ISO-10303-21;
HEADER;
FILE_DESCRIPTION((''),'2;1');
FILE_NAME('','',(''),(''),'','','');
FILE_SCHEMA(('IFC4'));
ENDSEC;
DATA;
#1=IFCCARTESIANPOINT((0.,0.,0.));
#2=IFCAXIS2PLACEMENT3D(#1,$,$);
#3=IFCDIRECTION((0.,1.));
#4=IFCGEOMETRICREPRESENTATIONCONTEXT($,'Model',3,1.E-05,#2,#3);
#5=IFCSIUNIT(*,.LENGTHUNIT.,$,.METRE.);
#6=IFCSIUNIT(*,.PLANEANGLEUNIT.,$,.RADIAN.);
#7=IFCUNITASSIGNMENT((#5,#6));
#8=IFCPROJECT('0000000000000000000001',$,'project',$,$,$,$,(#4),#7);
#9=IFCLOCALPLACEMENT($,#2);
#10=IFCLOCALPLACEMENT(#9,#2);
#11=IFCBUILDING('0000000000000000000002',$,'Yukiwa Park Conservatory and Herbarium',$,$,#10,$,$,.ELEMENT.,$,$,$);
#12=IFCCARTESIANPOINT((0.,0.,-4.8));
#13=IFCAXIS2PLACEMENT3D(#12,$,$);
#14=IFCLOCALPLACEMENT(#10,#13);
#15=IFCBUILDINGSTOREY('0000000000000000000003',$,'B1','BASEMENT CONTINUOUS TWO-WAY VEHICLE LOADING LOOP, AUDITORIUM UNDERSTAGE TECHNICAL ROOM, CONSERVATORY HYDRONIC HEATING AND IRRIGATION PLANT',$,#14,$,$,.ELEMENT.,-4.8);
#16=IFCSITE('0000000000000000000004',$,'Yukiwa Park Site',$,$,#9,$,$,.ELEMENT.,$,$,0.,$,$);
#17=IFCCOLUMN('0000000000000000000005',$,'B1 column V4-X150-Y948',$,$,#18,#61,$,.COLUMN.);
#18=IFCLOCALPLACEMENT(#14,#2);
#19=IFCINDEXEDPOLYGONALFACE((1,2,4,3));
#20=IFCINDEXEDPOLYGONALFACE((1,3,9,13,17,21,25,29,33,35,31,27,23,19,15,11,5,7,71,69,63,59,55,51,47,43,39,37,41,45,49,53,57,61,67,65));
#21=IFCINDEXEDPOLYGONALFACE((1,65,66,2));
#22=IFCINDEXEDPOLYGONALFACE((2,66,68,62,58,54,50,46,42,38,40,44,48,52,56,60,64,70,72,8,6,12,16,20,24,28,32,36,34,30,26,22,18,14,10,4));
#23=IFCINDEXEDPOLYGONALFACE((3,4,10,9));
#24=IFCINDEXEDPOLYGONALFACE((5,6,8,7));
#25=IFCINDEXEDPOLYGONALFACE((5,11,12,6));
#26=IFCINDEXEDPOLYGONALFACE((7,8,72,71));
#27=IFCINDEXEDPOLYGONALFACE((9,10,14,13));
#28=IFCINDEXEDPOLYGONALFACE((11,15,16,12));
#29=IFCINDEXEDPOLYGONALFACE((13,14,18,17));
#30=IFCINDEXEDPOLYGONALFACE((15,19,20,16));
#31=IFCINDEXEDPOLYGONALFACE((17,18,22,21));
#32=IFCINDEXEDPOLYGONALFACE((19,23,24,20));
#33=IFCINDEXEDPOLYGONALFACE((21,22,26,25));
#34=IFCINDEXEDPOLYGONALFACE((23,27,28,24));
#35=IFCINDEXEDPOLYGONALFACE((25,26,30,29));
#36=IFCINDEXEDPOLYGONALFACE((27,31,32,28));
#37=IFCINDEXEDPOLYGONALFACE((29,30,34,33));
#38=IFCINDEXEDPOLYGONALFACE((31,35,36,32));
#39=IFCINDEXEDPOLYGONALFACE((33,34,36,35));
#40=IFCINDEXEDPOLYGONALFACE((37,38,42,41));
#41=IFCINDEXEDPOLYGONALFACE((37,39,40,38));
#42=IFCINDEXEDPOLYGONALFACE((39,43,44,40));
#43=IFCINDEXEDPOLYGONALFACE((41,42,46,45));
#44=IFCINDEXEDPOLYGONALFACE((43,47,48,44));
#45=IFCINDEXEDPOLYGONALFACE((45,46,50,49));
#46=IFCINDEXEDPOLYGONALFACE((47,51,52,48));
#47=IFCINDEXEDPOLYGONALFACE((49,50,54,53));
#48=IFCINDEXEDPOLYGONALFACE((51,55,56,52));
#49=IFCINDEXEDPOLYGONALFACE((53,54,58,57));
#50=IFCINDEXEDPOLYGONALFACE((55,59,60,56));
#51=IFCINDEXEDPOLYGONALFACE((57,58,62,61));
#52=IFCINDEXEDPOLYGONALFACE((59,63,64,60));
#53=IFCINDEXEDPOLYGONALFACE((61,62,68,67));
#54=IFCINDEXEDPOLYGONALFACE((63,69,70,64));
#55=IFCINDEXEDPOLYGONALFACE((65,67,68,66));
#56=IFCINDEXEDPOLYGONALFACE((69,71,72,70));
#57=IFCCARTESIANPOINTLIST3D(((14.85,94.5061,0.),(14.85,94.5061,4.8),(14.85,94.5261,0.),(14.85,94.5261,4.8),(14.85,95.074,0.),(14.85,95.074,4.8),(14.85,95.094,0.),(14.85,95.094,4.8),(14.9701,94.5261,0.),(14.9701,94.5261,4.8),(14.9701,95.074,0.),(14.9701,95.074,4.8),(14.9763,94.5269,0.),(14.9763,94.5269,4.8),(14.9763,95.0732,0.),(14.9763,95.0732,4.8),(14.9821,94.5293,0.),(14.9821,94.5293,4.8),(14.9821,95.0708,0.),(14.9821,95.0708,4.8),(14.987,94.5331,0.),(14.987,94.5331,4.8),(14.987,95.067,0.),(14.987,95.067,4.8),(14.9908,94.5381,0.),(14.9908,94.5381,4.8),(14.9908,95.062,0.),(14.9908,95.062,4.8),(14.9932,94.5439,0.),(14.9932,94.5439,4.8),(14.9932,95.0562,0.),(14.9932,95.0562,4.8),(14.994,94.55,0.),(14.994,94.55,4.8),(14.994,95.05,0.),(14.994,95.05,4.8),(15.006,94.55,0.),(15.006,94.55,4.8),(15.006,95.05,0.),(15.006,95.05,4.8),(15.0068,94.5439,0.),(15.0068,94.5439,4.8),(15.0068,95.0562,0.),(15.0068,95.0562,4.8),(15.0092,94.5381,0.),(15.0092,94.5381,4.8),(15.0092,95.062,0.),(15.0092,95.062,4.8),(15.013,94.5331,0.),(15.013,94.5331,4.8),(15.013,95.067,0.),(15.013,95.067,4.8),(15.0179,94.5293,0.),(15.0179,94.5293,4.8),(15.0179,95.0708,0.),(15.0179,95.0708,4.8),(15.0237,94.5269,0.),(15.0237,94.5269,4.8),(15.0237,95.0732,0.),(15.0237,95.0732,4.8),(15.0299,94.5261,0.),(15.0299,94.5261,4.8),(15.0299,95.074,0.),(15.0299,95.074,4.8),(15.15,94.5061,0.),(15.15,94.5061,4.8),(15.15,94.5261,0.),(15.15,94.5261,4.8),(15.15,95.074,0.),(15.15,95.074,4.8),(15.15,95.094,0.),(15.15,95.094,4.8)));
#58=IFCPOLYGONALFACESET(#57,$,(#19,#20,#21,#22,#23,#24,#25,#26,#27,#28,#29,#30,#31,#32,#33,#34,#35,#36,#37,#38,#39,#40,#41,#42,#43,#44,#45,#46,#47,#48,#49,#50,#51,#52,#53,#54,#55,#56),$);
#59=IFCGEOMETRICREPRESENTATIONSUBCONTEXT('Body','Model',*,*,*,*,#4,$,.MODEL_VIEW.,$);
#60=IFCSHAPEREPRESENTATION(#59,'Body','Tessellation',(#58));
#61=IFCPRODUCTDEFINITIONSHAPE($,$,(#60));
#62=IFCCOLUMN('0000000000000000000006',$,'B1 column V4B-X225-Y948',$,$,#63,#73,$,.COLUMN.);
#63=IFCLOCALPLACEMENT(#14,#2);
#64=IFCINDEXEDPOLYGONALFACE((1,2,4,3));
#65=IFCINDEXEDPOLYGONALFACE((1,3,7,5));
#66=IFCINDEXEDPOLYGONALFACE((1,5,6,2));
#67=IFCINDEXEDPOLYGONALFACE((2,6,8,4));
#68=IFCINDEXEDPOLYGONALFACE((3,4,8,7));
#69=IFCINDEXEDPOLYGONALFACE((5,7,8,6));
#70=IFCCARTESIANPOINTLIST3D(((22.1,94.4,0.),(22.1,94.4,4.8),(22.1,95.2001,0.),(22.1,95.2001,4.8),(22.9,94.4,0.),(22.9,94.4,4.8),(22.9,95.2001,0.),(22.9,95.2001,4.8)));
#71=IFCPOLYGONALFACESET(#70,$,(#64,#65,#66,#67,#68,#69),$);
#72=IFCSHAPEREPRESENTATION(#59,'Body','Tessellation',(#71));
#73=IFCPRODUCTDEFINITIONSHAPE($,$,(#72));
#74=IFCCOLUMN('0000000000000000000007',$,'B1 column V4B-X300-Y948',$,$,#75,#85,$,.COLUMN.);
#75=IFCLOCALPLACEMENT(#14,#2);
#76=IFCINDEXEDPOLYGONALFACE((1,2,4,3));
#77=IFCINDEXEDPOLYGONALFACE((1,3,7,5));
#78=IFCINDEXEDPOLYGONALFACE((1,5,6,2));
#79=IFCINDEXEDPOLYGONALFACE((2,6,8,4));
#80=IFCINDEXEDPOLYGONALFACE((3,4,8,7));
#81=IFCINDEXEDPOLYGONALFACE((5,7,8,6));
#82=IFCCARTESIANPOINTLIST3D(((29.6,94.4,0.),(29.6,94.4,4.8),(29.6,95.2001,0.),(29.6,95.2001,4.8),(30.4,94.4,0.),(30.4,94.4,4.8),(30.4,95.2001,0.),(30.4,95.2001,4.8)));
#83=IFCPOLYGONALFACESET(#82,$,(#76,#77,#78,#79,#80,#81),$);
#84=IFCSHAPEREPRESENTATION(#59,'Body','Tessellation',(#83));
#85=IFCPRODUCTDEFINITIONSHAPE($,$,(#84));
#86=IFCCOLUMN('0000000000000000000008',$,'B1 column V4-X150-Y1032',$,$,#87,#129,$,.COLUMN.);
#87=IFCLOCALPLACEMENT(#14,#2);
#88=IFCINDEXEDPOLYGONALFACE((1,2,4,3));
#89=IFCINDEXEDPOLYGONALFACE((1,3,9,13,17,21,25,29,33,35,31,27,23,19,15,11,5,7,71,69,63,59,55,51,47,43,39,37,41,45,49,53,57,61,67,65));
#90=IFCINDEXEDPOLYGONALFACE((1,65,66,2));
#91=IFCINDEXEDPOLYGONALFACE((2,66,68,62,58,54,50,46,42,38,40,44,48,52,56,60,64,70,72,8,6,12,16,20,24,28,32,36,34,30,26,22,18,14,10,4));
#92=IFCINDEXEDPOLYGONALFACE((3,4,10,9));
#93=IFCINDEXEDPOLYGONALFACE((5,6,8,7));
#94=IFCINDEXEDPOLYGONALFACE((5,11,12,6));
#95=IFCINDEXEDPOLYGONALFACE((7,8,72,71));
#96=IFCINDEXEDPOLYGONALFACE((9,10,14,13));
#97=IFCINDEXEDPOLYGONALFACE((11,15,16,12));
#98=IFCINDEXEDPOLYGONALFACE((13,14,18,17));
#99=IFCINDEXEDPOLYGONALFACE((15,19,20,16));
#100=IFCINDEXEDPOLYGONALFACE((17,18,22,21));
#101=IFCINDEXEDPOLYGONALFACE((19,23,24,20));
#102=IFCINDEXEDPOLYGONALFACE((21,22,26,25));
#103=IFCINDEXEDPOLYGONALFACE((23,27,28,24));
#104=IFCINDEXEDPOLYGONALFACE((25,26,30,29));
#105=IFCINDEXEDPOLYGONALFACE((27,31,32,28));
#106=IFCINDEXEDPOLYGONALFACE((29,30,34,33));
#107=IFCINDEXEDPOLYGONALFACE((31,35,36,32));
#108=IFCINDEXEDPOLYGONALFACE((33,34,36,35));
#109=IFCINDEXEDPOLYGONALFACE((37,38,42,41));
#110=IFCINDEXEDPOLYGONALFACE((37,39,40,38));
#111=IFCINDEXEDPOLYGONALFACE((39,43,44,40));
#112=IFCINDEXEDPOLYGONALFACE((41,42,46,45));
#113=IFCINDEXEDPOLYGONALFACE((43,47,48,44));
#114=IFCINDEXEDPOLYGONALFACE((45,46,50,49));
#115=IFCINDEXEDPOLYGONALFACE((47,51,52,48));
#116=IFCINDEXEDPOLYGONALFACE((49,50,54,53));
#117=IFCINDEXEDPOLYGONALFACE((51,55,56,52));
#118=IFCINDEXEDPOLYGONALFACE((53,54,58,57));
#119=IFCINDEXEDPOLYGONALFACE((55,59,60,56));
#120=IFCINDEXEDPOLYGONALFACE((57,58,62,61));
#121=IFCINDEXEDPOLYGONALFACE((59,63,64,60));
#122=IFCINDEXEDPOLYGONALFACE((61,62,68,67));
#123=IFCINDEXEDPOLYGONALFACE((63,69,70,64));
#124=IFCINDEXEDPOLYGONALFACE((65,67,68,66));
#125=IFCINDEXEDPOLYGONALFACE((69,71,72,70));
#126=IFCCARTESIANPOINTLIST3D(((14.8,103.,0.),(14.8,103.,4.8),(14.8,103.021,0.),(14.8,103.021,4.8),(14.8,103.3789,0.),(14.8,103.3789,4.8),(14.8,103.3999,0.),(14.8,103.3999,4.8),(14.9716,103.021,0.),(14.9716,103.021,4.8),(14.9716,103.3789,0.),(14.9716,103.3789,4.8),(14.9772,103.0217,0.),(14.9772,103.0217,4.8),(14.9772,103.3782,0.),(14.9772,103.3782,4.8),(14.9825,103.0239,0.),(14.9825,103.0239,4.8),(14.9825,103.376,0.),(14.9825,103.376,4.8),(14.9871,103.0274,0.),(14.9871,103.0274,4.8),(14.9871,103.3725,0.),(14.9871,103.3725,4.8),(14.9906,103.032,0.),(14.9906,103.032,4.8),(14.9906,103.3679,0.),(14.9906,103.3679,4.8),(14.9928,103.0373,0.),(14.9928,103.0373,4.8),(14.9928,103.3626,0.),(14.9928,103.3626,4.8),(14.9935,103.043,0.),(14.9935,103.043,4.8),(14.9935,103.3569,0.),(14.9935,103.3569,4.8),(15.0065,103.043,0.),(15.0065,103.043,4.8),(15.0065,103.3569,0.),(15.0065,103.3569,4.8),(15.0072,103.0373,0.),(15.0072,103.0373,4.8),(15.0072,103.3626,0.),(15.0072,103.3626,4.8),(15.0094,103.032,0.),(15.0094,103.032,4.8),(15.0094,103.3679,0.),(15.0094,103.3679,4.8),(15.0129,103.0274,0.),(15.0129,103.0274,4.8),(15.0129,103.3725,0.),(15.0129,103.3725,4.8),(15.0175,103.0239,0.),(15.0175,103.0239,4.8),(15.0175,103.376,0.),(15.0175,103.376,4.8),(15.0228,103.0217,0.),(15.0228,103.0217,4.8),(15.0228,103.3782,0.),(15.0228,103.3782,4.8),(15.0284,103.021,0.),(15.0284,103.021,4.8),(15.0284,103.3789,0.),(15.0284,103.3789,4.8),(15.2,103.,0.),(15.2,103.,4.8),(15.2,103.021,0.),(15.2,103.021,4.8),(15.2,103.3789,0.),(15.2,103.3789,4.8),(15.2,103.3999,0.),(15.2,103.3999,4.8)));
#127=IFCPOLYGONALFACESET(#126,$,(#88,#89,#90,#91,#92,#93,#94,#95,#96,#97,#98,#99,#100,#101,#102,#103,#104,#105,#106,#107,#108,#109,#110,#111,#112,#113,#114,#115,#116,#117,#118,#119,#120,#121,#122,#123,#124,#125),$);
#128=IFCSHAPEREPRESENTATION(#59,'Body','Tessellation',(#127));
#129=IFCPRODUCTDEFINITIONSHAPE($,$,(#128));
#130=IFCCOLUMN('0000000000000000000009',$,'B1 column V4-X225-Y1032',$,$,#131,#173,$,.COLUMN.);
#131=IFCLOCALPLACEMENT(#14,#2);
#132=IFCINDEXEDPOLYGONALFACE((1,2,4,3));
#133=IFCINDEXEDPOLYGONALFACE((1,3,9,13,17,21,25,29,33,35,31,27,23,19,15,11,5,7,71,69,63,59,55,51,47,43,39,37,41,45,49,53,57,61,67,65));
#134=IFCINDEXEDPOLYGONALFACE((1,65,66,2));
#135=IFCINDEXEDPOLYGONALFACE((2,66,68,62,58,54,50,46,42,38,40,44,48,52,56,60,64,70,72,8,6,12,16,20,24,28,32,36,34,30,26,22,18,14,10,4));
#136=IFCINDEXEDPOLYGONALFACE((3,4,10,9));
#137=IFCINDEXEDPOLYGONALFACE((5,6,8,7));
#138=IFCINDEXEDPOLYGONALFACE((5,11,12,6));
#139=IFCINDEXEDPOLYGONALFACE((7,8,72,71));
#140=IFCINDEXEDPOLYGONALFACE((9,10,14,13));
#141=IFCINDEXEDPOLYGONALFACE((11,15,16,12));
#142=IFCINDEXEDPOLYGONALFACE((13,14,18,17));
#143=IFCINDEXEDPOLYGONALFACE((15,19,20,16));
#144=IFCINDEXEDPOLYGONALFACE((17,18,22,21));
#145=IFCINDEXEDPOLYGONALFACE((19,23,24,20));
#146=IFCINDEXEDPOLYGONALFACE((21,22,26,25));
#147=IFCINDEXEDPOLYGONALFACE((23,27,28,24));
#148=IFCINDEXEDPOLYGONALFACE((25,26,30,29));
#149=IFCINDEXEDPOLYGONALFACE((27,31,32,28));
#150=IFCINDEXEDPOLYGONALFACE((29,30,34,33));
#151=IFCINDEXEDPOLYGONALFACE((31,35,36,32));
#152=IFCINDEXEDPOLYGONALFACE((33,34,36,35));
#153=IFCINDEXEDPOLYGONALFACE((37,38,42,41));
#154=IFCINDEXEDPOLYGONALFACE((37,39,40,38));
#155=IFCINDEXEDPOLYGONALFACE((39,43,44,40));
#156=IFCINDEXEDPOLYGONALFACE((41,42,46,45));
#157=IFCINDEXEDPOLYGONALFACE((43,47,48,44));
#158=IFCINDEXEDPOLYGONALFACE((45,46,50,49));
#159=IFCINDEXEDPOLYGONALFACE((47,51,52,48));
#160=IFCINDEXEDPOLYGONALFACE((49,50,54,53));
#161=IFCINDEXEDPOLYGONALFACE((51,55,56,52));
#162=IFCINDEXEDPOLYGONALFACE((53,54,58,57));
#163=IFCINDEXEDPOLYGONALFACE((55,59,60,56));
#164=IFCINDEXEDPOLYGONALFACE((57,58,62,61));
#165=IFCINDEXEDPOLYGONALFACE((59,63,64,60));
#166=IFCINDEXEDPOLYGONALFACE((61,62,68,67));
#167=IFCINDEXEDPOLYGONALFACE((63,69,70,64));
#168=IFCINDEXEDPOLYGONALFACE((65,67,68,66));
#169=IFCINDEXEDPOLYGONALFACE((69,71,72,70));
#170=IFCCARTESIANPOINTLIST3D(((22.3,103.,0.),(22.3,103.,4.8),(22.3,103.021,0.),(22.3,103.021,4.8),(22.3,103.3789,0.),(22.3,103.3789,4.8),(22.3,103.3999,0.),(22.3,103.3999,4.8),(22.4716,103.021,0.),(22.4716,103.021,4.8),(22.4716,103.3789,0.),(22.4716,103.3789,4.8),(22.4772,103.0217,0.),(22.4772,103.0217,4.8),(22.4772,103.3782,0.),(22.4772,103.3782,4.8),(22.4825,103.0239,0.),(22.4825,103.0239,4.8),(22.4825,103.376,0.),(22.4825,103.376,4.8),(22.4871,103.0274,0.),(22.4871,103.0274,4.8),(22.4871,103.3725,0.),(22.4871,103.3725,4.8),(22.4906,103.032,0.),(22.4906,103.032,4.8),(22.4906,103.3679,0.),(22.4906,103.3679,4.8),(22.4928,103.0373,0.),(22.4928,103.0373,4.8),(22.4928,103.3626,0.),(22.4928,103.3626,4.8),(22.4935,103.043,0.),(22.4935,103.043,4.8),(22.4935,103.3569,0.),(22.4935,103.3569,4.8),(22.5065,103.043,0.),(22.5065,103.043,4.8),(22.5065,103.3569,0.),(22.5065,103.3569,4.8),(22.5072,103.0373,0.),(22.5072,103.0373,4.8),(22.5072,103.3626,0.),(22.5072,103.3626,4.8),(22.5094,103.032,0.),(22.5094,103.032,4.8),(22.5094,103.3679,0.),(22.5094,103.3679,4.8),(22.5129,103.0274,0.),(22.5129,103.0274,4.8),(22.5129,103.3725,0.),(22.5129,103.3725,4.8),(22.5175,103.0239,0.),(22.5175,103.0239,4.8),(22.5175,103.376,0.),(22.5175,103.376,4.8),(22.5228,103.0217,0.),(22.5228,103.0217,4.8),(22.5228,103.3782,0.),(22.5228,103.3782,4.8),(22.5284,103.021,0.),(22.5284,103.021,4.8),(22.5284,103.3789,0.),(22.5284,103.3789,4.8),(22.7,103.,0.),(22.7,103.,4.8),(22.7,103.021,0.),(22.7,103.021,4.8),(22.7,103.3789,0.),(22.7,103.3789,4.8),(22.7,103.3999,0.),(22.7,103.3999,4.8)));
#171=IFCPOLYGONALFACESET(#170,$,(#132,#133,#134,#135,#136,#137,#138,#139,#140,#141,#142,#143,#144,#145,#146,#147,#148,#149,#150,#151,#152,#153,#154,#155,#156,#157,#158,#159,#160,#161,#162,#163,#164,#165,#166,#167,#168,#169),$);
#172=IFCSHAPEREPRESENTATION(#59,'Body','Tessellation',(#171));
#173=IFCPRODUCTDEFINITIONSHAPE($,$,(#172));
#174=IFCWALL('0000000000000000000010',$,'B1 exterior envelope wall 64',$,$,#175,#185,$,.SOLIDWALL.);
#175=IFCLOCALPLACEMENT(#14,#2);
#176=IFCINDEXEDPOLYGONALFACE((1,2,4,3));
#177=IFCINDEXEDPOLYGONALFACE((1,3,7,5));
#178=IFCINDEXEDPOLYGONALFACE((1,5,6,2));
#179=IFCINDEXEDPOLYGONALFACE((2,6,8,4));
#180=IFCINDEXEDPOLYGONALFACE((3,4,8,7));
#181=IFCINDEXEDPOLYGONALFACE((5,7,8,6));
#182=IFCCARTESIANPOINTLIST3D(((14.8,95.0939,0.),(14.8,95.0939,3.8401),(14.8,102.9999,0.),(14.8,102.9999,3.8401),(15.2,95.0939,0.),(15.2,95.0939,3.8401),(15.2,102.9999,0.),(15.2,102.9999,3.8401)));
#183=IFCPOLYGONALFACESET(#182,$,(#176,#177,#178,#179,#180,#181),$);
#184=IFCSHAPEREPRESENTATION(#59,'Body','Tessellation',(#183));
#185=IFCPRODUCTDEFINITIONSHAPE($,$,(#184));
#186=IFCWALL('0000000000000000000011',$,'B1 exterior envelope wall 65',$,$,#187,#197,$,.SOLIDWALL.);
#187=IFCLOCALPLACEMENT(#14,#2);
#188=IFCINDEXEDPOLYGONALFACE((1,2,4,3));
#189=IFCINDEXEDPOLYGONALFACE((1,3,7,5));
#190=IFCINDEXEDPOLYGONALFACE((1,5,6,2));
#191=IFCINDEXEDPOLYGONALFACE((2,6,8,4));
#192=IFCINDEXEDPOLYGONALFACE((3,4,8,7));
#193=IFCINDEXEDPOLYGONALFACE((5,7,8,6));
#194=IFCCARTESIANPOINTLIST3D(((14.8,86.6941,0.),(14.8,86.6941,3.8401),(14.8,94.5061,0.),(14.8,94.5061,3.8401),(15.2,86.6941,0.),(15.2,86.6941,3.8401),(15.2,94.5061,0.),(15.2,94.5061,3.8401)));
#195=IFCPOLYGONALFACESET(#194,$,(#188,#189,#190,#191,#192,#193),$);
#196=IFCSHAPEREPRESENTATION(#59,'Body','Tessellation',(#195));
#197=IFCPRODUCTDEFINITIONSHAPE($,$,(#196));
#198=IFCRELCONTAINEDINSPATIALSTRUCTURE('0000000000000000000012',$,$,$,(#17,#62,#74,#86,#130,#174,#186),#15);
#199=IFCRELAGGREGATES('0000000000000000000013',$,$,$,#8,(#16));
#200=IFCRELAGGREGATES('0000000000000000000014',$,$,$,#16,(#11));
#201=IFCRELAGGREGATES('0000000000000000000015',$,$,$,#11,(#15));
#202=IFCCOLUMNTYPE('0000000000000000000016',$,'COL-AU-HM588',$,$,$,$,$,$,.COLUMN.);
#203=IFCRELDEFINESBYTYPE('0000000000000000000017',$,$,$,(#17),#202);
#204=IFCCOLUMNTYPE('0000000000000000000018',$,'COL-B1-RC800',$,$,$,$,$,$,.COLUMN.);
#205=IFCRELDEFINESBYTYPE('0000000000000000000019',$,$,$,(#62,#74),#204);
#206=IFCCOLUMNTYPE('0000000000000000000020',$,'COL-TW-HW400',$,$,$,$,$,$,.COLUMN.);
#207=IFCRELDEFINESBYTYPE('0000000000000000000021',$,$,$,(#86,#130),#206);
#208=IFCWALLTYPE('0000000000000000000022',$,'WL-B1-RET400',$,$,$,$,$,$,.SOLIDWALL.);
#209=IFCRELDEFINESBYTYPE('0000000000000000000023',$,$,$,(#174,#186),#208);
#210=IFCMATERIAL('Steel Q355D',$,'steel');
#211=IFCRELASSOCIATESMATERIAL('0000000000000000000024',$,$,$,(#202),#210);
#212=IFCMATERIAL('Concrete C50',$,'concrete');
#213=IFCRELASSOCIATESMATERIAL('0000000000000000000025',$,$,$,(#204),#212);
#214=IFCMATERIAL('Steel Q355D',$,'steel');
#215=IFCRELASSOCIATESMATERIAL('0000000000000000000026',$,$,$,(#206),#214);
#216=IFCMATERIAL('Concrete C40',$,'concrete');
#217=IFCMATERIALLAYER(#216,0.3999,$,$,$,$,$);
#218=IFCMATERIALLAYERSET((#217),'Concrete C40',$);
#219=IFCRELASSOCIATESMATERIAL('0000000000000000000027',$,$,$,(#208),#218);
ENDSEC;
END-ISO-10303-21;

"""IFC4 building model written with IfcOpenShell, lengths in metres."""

from ifc_helpers import new_model, si_unit, direction, frame, frame_2d, origin, origin_2d, place, context, subcontext, project, spatial, rectangle, i_section, extrude, material, layer, layer_set, material_profile, profile_set, type_object, element, save


model = new_model("IFC4")

# Units and contexts
model_context = context("Model", 3, precision=1e-05, world=origin(), true_north=direction((0.0, 1.0)))
body_context = subcontext(model_context, "Body", "Model", "MODEL_VIEW")
ifc_project = project(units=[si_unit("LENGTHUNIT", "METRE"), si_unit("PLANEANGLEUNIT", "RADIAN")], contexts=[model_context])

# Site, building, storey
site_placement = place(None, origin())
site = spatial("IfcSite", under=ifc_project, at=site_placement, Name="Yukiwa Park Site", CompositionType="ELEMENT", RefElevation=0.0)
building_placement = place(site_placement, origin())
building = spatial("IfcBuilding", under=site, at=building_placement, Name="Yukiwa Park Conservatory and Herbarium", CompositionType="ELEMENT")
storey_placement = place(building_placement, frame((0.0, 0.0, -4.8)))
storey = spatial("IfcBuildingStorey", under=building, at=storey_placement, Name="B1", Description="BASEMENT CONTINUOUS TWO-WAY VEHICLE LOADING LOOP, AUDITORIUM UNDERSTAGE TECHNICAL ROOM, CONSERVATORY HYDRONIC HEATING AND IRRIGATION PLANT", CompositionType="ELEMENT", Elevation=-4.8)

# Columns
ifc_material_1 = material(Name="Steel Q355D", Category="steel")
ifc_material_profile_1 = material_profile(ifc_material_1, i_section(OverallWidth=0.3, OverallDepth=0.5879, WebThickness=0.012, FlangeThickness=0.02, FilletRadius=0.0239, at=origin_2d()), Name="HM 588x300x12x20")
ifc_profile_set_1 = profile_set([ifc_material_profile_1], Name="Steel Q355D")
column_type_1 = type_object("IfcColumnType", Name="COL-AU-HM588", PredefinedType="COLUMN", material=ifc_profile_set_1)
column_placement = place(storey_placement, frame((15.0, 94.8, 0.0), z_axis=(0.0, 0.0, 1.0), x_axis=(1.0, 0.0, 0.0)))
element("IfcColumn", 1, at=column_placement, inside=storey, type_object=column_type_1, Name="B1 column V4-X150-Y948", PredefinedType="COLUMN", context=body_context, shape_type="SweptSolid", body=[
    extrude(i_section(OverallWidth=0.3, OverallDepth=0.5879, WebThickness=0.012, FlangeThickness=0.02, FilletRadius=0.0239, at=origin_2d()), origin(), (0.0, 0.0, 1.0), 4.8),
])
ifc_material_2 = material(Name="Concrete C50", Category="concrete")
ifc_material_profile_2 = material_profile(ifc_material_2, rectangle(XDim=0.8, YDim=0.8, at=origin_2d()), Name="RC 800x800")
ifc_profile_set_2 = profile_set([ifc_material_profile_2], Name="Concrete C50")
column_type_2 = type_object("IfcColumnType", Name="COL-B1-RC800", PredefinedType="COLUMN", material=ifc_profile_set_2)
for number, where, z_axis, x_axis, name in (
    (2, (22.5, 94.8, 0.0), (0.0, 0.0, 1.0), (1.0, 0.0, 0.0), "B1 column V4B-X225-Y948"),
    (3, (30.0, 94.8, 0.0), (0.0, 0.0, 1.0), (1.0, 0.0, 0.0), "B1 column V4B-X300-Y948"),
):
    element("IfcColumn", number, at=place(storey_placement, frame(where, z_axis=z_axis, x_axis=x_axis)), inside=storey, type_object=column_type_2, Name=name, PredefinedType="COLUMN", context=body_context, shape_type="SweptSolid", body=[
        extrude(rectangle(XDim=0.8, YDim=0.8, at=origin_2d()), origin(), (0.0, 0.0, 1.0), 4.8),
    ])
ifc_material_3 = material(Name="Steel Q355D", Category="steel")
ifc_material_profile_3 = material_profile(ifc_material_3, i_section(OverallWidth=0.3999, OverallDepth=0.3999, WebThickness=0.0129, FlangeThickness=0.021, FilletRadius=0.022, at=origin_2d()), Name="HW 400x400x13x21")
ifc_profile_set_3 = profile_set([ifc_material_profile_3], Name="Steel Q355D")
column_type_3 = type_object("IfcColumnType", Name="COL-TW-HW400", PredefinedType="COLUMN", material=ifc_profile_set_3)
for number, where, z_axis, x_axis, name in (
    (4, (15.0, 103.2, 0.0), (0.0, 0.0, 1.0), (1.0, 0.0, 0.0), "B1 column V4-X150-Y1032"),
    (5, (22.5, 103.2, 0.0), (0.0, 0.0, 1.0), (1.0, 0.0, 0.0), "B1 column V4-X225-Y1032"),
):
    element("IfcColumn", number, at=place(storey_placement, frame(where, z_axis=z_axis, x_axis=x_axis)), inside=storey, type_object=column_type_3, Name=name, PredefinedType="COLUMN", context=body_context, shape_type="SweptSolid", body=[
        extrude(i_section(OverallWidth=0.3999, OverallDepth=0.3999, WebThickness=0.0129, FlangeThickness=0.021, FilletRadius=0.022, at=origin_2d()), origin(), (0.0, 0.0, 1.0), 4.8),
    ])

# Walls
ifc_material_4 = material(Name="Concrete C40", Category="concrete")
ifc_layer_1 = layer(ifc_material_4, 0.3999)
ifc_layer_set_1 = layer_set([ifc_layer_1], Name="Concrete C40")
wall_type_1 = type_object("IfcWallType", Name="WL-B1-RET400", PredefinedType="SOLIDWALL", material=ifc_layer_set_1)
wall_1_placement = place(storey_placement, frame((15.0, 103.0, 0.0), z_axis=(0.0, 0.0, 1.0), x_axis=(0.0, -1.0, 0.0)))
element("IfcWall", 6, at=wall_1_placement, inside=storey, type_object=wall_type_1, Name="B1 exterior envelope wall 64", PredefinedType="SOLIDWALL", context=body_context, shape_type="SweptSolid", body=[
    extrude(rectangle(XDim=7.906, YDim=0.3999, at=frame_2d((3.9531, 0.0))), origin(), (0.0, 0.0, 1.0), 3.8401),
])
wall_2_placement = place(storey_placement, frame((15.0, 94.5061, 0.0), z_axis=(0.0, 0.0, 1.0), x_axis=(0.0, -1.0, 0.0)))
element("IfcWall", 7, at=wall_2_placement, inside=storey, type_object=wall_type_1, Name="B1 exterior envelope wall 65", PredefinedType="SOLIDWALL", context=body_context, shape_type="SweptSolid", body=[
    extrude(rectangle(XDim=7.812, YDim=0.3999, at=frame_2d((3.906, 0.0))), origin(), (0.0, 0.0, 1.0), 3.8401),
])

save(model, "model.ifc")
